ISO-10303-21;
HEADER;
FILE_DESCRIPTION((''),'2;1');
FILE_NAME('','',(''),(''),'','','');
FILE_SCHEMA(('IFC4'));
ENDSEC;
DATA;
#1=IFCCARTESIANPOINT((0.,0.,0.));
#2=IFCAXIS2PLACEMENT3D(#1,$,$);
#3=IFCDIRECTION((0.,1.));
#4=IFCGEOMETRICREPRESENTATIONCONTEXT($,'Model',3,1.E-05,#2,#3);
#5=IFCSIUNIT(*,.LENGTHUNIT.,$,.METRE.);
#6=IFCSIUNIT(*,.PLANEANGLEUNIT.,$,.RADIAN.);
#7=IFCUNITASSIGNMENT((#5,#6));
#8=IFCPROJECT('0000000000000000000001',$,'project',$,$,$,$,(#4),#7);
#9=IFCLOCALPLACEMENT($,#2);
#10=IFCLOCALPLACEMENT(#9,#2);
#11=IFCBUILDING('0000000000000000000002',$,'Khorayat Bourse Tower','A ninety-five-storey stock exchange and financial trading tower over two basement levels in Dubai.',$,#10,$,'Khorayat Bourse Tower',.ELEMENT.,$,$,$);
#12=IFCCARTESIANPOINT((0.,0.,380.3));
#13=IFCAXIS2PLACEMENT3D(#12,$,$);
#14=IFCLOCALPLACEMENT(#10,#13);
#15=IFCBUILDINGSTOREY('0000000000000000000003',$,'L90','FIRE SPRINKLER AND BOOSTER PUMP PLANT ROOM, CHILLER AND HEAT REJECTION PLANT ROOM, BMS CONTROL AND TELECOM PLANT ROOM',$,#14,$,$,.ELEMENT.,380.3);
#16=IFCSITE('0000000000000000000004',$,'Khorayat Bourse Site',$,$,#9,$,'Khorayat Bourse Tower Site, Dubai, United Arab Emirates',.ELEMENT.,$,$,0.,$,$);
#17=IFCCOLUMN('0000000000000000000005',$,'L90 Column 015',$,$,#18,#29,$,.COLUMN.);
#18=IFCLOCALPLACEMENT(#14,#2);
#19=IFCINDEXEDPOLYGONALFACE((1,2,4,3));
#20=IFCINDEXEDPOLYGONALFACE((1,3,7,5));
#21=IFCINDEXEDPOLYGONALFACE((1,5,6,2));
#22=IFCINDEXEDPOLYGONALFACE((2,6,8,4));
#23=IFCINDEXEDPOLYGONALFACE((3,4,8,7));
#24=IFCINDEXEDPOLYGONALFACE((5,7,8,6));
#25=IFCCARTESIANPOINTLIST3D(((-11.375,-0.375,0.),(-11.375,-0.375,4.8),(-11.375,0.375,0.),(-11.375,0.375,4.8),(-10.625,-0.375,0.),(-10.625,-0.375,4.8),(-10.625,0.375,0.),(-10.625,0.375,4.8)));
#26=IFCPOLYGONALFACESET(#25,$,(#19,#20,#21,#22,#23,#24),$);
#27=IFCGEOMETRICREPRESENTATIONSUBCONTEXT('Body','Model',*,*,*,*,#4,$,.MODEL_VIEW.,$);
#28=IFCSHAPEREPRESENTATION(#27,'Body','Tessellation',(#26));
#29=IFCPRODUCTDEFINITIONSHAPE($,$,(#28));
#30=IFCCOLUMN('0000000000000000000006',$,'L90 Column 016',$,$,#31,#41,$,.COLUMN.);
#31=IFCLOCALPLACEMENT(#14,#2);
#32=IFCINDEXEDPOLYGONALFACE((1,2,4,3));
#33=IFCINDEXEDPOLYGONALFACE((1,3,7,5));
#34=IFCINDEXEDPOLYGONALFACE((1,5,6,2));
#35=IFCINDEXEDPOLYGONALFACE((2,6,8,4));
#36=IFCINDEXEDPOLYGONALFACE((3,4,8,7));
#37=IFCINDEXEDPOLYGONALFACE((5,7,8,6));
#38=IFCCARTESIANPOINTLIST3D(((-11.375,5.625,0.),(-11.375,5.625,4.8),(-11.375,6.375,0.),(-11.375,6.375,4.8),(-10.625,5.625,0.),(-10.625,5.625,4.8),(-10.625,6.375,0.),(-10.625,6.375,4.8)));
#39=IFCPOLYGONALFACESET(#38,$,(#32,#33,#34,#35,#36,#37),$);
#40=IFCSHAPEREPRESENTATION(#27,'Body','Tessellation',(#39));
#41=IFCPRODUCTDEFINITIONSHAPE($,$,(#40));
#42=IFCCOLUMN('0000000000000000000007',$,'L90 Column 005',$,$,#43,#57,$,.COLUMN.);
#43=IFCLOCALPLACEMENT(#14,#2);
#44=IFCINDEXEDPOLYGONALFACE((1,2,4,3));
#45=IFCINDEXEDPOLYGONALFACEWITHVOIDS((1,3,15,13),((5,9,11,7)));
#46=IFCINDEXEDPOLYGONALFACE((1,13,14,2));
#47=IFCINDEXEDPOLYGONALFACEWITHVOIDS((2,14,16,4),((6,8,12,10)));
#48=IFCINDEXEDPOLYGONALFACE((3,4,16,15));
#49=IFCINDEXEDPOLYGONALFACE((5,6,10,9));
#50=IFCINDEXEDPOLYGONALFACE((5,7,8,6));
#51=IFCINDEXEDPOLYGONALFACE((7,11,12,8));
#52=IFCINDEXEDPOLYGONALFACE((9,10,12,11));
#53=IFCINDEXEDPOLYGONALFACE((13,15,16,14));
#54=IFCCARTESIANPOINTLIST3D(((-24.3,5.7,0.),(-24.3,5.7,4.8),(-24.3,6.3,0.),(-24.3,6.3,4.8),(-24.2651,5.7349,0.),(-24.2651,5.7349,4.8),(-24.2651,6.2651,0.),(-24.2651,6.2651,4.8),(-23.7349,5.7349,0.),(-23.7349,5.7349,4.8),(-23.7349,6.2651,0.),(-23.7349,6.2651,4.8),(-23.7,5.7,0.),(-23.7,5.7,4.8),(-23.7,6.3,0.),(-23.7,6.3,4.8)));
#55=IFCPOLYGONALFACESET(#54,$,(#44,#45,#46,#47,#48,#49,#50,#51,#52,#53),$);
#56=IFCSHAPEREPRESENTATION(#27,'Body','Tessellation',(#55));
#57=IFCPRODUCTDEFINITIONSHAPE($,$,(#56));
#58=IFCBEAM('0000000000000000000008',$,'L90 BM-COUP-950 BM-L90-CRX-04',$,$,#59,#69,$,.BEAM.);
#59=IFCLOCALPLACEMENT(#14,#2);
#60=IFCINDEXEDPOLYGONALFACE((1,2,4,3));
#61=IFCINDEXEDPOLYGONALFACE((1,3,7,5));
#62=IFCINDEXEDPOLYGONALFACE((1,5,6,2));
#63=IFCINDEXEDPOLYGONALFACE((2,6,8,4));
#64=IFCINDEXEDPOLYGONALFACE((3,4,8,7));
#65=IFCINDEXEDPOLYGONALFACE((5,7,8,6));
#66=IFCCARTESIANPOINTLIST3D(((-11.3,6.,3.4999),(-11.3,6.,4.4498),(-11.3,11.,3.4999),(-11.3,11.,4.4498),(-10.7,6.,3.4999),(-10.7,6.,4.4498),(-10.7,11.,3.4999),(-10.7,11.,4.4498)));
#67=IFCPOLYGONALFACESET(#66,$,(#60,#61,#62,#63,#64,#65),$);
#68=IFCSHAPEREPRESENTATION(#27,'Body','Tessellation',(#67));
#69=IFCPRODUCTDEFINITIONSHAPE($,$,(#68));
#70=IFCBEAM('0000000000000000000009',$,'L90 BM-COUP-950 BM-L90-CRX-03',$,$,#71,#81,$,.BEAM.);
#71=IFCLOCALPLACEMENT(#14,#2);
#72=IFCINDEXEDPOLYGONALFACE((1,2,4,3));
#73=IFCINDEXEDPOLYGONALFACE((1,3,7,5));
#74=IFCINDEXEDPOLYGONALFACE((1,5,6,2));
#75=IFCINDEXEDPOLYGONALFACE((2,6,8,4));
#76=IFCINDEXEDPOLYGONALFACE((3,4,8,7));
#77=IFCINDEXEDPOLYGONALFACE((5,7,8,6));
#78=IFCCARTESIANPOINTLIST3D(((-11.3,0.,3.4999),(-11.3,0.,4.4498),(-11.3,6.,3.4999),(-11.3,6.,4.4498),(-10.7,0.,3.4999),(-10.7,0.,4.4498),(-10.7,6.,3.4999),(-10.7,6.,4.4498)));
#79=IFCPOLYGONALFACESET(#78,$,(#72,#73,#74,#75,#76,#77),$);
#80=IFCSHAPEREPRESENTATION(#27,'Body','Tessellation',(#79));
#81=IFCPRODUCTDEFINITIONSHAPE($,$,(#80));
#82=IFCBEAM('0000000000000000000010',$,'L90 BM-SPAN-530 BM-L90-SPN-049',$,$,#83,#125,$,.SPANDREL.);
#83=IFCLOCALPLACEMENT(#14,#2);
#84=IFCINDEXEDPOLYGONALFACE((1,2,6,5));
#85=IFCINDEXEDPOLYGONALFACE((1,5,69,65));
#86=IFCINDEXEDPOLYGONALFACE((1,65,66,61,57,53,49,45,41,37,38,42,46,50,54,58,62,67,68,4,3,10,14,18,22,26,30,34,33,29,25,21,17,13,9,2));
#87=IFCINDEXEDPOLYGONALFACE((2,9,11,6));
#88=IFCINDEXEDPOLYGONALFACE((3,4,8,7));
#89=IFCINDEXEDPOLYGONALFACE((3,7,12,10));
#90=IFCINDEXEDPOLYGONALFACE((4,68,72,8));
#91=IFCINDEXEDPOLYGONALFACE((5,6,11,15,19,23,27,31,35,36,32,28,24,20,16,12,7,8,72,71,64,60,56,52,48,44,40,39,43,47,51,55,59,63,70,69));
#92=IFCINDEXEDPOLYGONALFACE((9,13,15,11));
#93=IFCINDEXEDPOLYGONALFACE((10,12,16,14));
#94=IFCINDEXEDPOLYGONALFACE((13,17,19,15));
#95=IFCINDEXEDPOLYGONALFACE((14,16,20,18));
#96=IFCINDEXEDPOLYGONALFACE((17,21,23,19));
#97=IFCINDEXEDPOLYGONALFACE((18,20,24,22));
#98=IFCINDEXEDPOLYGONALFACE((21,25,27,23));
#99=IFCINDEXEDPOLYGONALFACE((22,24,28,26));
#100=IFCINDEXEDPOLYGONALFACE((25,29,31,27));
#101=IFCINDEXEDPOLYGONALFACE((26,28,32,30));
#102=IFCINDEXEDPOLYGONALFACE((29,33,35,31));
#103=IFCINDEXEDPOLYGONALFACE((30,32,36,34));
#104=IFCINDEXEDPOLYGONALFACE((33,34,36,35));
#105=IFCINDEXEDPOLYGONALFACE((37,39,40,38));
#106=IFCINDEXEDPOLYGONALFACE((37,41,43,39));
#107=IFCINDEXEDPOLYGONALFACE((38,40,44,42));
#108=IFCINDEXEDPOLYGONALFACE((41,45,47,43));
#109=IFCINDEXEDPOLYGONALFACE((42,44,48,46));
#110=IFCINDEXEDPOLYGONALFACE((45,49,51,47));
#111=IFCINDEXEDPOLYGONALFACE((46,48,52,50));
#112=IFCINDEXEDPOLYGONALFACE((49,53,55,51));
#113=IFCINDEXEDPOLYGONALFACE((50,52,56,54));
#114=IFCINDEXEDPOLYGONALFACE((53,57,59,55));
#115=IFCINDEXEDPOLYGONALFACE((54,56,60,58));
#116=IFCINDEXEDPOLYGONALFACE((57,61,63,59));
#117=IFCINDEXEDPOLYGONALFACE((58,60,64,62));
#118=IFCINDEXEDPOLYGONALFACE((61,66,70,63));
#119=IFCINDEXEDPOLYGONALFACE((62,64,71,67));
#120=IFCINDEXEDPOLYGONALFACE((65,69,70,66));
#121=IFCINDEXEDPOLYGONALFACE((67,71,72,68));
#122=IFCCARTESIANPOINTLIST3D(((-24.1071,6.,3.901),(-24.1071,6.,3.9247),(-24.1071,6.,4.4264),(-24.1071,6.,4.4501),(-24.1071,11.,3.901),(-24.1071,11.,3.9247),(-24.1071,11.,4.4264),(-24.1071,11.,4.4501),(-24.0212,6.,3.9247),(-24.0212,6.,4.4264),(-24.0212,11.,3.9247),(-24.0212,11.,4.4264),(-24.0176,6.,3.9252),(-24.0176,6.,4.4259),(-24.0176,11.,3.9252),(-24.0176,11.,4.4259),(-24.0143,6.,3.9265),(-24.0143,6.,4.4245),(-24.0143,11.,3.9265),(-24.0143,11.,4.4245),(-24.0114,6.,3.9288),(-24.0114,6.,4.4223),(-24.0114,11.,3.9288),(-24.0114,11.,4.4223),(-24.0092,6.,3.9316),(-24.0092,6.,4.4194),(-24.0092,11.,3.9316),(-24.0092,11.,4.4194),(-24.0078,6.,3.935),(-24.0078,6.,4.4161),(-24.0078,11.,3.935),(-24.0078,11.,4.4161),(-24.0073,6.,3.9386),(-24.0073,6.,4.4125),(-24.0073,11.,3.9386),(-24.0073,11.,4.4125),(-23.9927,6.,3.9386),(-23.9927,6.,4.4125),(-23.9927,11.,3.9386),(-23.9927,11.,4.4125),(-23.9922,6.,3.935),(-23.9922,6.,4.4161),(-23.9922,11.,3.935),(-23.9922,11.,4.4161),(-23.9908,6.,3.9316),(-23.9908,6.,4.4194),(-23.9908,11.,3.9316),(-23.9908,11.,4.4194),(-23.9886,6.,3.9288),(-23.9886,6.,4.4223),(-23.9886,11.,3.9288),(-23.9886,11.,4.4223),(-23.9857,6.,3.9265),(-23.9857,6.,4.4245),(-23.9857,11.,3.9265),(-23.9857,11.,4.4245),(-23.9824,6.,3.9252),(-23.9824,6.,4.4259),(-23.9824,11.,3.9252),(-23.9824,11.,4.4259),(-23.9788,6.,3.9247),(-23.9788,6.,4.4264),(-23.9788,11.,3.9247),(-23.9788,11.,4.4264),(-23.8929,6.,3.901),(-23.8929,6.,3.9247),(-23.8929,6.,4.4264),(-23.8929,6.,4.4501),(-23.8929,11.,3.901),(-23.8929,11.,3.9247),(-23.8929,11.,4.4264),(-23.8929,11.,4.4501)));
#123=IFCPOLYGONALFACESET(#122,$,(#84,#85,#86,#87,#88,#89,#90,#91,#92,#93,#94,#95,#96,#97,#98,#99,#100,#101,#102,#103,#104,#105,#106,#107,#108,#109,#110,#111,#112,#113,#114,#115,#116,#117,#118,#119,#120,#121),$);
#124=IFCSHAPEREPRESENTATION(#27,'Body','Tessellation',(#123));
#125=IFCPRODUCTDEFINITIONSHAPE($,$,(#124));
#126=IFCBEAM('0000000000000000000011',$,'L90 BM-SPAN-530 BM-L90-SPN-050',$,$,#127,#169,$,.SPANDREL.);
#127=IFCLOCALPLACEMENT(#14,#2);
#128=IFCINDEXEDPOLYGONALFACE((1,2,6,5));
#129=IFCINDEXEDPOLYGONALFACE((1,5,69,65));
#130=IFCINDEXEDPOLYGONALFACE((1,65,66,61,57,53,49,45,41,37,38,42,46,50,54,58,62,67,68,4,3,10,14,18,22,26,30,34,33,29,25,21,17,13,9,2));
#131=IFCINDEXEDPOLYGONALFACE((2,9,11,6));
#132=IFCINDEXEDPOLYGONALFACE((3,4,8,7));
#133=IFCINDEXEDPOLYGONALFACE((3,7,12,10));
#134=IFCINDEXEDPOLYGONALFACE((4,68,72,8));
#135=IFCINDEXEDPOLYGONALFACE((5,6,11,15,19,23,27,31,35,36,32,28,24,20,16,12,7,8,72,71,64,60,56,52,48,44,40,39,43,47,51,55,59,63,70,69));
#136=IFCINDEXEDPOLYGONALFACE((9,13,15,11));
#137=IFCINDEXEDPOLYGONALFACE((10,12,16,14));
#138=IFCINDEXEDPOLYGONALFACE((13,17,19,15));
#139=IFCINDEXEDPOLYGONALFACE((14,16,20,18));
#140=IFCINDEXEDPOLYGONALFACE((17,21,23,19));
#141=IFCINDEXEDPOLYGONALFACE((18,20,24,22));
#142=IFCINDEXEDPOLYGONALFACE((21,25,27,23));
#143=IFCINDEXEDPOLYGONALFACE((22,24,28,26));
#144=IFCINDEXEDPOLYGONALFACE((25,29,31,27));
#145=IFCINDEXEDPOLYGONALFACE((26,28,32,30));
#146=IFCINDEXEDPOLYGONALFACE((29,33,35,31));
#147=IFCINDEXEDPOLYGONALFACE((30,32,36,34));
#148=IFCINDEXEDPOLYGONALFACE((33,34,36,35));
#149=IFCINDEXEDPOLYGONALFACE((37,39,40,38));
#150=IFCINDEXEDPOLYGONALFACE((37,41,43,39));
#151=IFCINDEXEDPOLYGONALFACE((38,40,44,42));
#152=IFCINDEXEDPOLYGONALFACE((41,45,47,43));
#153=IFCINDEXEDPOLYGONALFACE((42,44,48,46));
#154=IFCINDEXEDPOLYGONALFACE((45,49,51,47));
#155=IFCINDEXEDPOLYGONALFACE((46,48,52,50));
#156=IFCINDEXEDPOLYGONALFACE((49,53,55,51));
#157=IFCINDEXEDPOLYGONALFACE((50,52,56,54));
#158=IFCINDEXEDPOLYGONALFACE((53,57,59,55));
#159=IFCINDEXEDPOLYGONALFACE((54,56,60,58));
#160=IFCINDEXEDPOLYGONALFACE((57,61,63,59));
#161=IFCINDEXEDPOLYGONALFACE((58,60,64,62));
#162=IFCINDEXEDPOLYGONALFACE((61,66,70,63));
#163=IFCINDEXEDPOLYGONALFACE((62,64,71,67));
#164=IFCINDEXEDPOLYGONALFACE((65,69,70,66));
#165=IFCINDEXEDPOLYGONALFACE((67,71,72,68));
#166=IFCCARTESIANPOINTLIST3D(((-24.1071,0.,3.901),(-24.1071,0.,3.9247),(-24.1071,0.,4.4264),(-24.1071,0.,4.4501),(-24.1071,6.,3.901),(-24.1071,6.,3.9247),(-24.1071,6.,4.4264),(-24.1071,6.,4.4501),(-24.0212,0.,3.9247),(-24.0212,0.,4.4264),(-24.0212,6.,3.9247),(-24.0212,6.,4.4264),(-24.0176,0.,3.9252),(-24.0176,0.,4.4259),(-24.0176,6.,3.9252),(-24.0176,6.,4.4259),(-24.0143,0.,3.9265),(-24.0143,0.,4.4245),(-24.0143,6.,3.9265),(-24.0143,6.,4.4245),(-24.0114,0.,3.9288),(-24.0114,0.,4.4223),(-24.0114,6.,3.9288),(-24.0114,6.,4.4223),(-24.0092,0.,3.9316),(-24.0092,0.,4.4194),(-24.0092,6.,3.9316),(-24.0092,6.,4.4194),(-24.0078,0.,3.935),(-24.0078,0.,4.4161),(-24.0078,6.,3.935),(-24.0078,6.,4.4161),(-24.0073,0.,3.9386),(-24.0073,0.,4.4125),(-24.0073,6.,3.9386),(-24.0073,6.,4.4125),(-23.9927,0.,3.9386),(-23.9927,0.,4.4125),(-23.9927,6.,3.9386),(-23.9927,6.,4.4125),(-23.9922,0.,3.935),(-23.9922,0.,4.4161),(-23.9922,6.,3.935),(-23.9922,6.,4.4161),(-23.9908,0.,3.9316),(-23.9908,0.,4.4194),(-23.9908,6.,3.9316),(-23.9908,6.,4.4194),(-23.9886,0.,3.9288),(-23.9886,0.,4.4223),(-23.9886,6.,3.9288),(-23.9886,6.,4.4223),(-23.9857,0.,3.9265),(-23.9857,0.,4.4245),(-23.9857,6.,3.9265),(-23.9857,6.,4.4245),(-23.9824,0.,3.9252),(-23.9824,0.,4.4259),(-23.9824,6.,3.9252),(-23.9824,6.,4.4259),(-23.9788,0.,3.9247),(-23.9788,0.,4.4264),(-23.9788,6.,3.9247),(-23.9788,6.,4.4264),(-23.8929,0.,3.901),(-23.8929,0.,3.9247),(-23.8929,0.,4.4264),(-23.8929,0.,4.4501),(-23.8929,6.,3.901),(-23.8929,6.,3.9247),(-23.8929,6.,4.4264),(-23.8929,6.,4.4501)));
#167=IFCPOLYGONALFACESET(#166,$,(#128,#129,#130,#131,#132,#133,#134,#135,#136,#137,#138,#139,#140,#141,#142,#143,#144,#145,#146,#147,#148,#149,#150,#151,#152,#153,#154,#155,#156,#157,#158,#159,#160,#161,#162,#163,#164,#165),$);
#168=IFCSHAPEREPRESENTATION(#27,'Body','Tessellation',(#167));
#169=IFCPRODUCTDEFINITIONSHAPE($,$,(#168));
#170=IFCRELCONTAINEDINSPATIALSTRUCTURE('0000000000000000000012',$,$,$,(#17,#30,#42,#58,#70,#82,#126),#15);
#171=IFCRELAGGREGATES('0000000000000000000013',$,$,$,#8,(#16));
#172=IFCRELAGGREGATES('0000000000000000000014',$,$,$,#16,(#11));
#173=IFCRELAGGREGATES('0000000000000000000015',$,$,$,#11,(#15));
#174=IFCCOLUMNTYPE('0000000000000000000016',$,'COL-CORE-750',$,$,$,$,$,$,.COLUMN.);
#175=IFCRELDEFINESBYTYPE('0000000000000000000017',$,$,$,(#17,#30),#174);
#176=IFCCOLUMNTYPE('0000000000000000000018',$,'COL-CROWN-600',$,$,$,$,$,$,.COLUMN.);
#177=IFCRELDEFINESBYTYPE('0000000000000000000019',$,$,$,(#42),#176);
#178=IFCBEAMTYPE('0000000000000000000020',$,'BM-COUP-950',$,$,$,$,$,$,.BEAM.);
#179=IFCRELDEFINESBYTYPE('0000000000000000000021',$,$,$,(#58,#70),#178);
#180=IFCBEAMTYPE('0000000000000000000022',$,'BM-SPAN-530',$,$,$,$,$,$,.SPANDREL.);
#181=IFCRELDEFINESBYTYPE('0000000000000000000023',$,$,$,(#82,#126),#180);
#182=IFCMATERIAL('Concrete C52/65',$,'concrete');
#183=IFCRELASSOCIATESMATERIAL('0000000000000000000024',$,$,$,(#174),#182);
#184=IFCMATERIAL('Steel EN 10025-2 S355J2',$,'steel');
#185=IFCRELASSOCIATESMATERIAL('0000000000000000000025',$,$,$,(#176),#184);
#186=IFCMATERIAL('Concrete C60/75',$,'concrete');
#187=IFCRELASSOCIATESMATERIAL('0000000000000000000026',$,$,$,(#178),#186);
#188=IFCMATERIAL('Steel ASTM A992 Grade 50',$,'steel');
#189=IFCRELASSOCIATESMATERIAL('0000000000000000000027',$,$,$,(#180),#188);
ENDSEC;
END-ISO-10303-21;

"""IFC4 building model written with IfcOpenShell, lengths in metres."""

from ifc_helpers import new_model, si_unit, direction, frame, origin, origin_2d, place, context, subcontext, project, spatial, rectangle, hollow_rectangle, i_section, extrude, source, transform, mapped, material, material_profile, profile_set, type_object, element, save


model = new_model("IFC4")

# Units and contexts
model_context = context("Model", 3, precision=1e-05, world=origin(), true_north=direction((0.0, 1.0)))
body_context = subcontext(model_context, "Body", "Model", "MODEL_VIEW")
ifc_project = project(units=[si_unit("LENGTHUNIT", "METRE"), si_unit("PLANEANGLEUNIT", "RADIAN")], contexts=[model_context])

# Site, building, storey
site_placement = place(None, origin())
site = spatial("IfcSite", under=ifc_project, at=site_placement, Name="Khorayat Bourse Site", LongName="Khorayat Bourse Tower Site, Dubai, United Arab Emirates", CompositionType="ELEMENT", RefElevation=0.0)
building_placement = place(site_placement, origin())
building = spatial("IfcBuilding", under=site, at=building_placement, Name="Khorayat Bourse Tower", Description="A ninety-five-storey stock exchange and financial trading tower over two basement levels in Dubai.", LongName="Khorayat Bourse Tower", CompositionType="ELEMENT")
storey_placement = place(building_placement, frame((0.0, 0.0, 380.3)))
storey = spatial("IfcBuildingStorey", under=building, at=storey_placement, Name="L90", Description="FIRE SPRINKLER AND BOOSTER PUMP PLANT ROOM, CHILLER AND HEAT REJECTION PLANT ROOM, BMS CONTROL AND TELECOM PLANT ROOM", CompositionType="ELEMENT", Elevation=380.3)

# Columns
ifc_material_1 = material(Name="Concrete C52/65", Category="concrete")
ifc_material_profile_1 = material_profile(ifc_material_1, rectangle(XDim=0.75, YDim=0.75, at=origin_2d()), Name="RC 750x750")
ifc_profile_set_1 = profile_set([ifc_material_profile_1], Name="Concrete C52/65")
column_type_1 = type_object("IfcColumnType", Name="COL-CORE-750", PredefinedType="COLUMN", material=ifc_profile_set_1)
shared_shape_1 = source(origin(), body_context, "Body", "SweptSolid", [
    extrude(rectangle(XDim=0.75, YDim=0.75, at=origin_2d()), origin(), (0.0, 0.0, 1.0), 4.8),
])
for number, where, z_axis, x_axis, name in (
    (1, (-11.0, 0.0, 0.0), (0.0, 0.0, 1.0), (1.0, 0.0, 0.0), "L90 Column 015"),
    (2, (-11.0, 6.0, 0.0), (0.0, 0.0, 1.0), (1.0, 0.0, 0.0), "L90 Column 016"),
):
    element("IfcColumn", number, at=place(storey_placement, frame(where, z_axis=z_axis, x_axis=x_axis)), inside=storey, type_object=column_type_1, Name=name, PredefinedType="COLUMN", context=body_context, shape_type="MappedRepresentation", body=[
        mapped(shared_shape_1, transform((0.0, 0.0, 0.0), scale=1.0)),
    ])
ifc_material_2 = material(Name="Steel EN 10025-2 S355J2", Category="steel")
ifc_material_profile_2 = material_profile(ifc_material_2, hollow_rectangle(XDim=0.6001, YDim=0.6001, WallThickness=0.0349, at=origin_2d()), Name="BOX 600x600x35")
ifc_profile_set_2 = profile_set([ifc_material_profile_2], Name="Steel EN 10025-2 S355J2")
column_type_2 = type_object("IfcColumnType", Name="COL-CROWN-600", PredefinedType="COLUMN", material=ifc_profile_set_2)
shared_shape_2 = source(origin(), body_context, "Body", "SweptSolid", [
    extrude(hollow_rectangle(XDim=0.6001, YDim=0.6001, WallThickness=0.0349, at=origin_2d()), origin(), (0.0, 0.0, 1.0), 4.8),
])
column_placement = place(storey_placement, frame((-24.0, 6.0, 0.0), z_axis=(0.0, 0.0, 1.0), x_axis=(1.0, 0.0, 0.0)))
element("IfcColumn", 3, at=column_placement, inside=storey, type_object=column_type_2, Name="L90 Column 005", PredefinedType="COLUMN", context=body_context, shape_type="MappedRepresentation", body=[
    mapped(shared_shape_2, transform((0.0, 0.0, 0.0), scale=1.0)),
])

# Beams
ifc_material_3 = material(Name="Concrete C60/75", Category="concrete")
ifc_material_profile_3 = material_profile(ifc_material_3, rectangle(XDim=0.6001, YDim=0.95, at=origin_2d()), Name="RC 600x950")
ifc_profile_set_3 = profile_set([ifc_material_profile_3], Name="Concrete C60/75")
beam_type_1 = type_object("IfcBeamType", Name="BM-COUP-950", PredefinedType="BEAM", material=ifc_profile_set_3)
shared_shape_3 = source(origin(), body_context, "Body", "SweptSolid", [
    extrude(rectangle(XDim=0.6001, YDim=0.95, at=origin_2d()), origin(), (0.0, 0.0, 1.0), 5.0),
])
beam_1_placement = place(storey_placement, frame((-11.0, 6.0, 3.9749), z_axis=(0.0, 1.0, 0.0), x_axis=(-1.0, 0.0, 0.0)))
element("IfcBeam", 4, at=beam_1_placement, inside=storey, type_object=beam_type_1, Name="L90 BM-COUP-950 BM-L90-CRX-04", PredefinedType="BEAM", context=body_context, shape_type="MappedRepresentation", body=[
    mapped(shared_shape_3, transform((0.0, 0.0, 0.0), scale=1.0)),
])
shared_shape_4 = source(origin(), body_context, "Body", "SweptSolid", [
    extrude(rectangle(XDim=0.6001, YDim=0.95, at=origin_2d()), origin(), (0.0, 0.0, 1.0), 6.0),
])
beam_2_placement = place(storey_placement, frame((-11.0, 0.0, 3.9749), z_axis=(0.0, 1.0, 0.0), x_axis=(-1.0, 0.0, 0.0)))
element("IfcBeam", 5, at=beam_2_placement, inside=storey, type_object=beam_type_1, Name="L90 BM-COUP-950 BM-L90-CRX-03", PredefinedType="BEAM", context=body_context, shape_type="MappedRepresentation", body=[
    mapped(shared_shape_4, transform((0.0, 0.0, 0.0), scale=1.0)),
])
ifc_material_4 = material(Name="Steel ASTM A992 Grade 50", Category="steel")
ifc_material_profile_4 = material_profile(ifc_material_4, i_section(OverallWidth=0.2141, OverallDepth=0.5491, WebThickness=0.0146, FlangeThickness=0.0237, FilletRadius=0.0139, at=origin_2d()), Name="W530X138")
ifc_profile_set_4 = profile_set([ifc_material_profile_4], Name="Steel ASTM A992 Grade 50")
beam_type_2 = type_object("IfcBeamType", Name="BM-SPAN-530", PredefinedType="SPANDREL", material=ifc_profile_set_4)
shared_shape_5 = source(origin(), body_context, "Body", "SweptSolid", [
    extrude(i_section(OverallWidth=0.2141, OverallDepth=0.5491, WebThickness=0.0146, FlangeThickness=0.0237, FilletRadius=0.0139, at=origin_2d()), origin(), (0.0, 0.0, 1.0), 5.0),
])
beam_3_placement = place(storey_placement, frame((-24.0, 6.0, 4.1755), z_axis=(0.0, 1.0, 0.0), x_axis=(-1.0, 0.0, 0.0)))
element("IfcBeam", 6, at=beam_3_placement, inside=storey, type_object=beam_type_2, Name="L90 BM-SPAN-530 BM-L90-SPN-049", PredefinedType="SPANDREL", context=body_context, shape_type="MappedRepresentation", body=[
    mapped(shared_shape_5, transform((0.0, 0.0, 0.0), scale=1.0)),
])
shared_shape_6 = source(origin(), body_context, "Body", "SweptSolid", [
    extrude(i_section(OverallWidth=0.2141, OverallDepth=0.5491, WebThickness=0.0146, FlangeThickness=0.0237, FilletRadius=0.0139, at=origin_2d()), origin(), (0.0, 0.0, 1.0), 6.0),
])
beam_4_placement = place(storey_placement, frame((-24.0, 0.0, 4.1755), z_axis=(0.0, 1.0, 0.0), x_axis=(-1.0, 0.0, 0.0)))
element("IfcBeam", 7, at=beam_4_placement, inside=storey, type_object=beam_type_2, Name="L90 BM-SPAN-530 BM-L90-SPN-050", PredefinedType="SPANDREL", context=body_context, shape_type="MappedRepresentation", body=[
    mapped(shared_shape_6, transform((0.0, 0.0, 0.0), scale=1.0)),
])

save(model, "model.ifc")
